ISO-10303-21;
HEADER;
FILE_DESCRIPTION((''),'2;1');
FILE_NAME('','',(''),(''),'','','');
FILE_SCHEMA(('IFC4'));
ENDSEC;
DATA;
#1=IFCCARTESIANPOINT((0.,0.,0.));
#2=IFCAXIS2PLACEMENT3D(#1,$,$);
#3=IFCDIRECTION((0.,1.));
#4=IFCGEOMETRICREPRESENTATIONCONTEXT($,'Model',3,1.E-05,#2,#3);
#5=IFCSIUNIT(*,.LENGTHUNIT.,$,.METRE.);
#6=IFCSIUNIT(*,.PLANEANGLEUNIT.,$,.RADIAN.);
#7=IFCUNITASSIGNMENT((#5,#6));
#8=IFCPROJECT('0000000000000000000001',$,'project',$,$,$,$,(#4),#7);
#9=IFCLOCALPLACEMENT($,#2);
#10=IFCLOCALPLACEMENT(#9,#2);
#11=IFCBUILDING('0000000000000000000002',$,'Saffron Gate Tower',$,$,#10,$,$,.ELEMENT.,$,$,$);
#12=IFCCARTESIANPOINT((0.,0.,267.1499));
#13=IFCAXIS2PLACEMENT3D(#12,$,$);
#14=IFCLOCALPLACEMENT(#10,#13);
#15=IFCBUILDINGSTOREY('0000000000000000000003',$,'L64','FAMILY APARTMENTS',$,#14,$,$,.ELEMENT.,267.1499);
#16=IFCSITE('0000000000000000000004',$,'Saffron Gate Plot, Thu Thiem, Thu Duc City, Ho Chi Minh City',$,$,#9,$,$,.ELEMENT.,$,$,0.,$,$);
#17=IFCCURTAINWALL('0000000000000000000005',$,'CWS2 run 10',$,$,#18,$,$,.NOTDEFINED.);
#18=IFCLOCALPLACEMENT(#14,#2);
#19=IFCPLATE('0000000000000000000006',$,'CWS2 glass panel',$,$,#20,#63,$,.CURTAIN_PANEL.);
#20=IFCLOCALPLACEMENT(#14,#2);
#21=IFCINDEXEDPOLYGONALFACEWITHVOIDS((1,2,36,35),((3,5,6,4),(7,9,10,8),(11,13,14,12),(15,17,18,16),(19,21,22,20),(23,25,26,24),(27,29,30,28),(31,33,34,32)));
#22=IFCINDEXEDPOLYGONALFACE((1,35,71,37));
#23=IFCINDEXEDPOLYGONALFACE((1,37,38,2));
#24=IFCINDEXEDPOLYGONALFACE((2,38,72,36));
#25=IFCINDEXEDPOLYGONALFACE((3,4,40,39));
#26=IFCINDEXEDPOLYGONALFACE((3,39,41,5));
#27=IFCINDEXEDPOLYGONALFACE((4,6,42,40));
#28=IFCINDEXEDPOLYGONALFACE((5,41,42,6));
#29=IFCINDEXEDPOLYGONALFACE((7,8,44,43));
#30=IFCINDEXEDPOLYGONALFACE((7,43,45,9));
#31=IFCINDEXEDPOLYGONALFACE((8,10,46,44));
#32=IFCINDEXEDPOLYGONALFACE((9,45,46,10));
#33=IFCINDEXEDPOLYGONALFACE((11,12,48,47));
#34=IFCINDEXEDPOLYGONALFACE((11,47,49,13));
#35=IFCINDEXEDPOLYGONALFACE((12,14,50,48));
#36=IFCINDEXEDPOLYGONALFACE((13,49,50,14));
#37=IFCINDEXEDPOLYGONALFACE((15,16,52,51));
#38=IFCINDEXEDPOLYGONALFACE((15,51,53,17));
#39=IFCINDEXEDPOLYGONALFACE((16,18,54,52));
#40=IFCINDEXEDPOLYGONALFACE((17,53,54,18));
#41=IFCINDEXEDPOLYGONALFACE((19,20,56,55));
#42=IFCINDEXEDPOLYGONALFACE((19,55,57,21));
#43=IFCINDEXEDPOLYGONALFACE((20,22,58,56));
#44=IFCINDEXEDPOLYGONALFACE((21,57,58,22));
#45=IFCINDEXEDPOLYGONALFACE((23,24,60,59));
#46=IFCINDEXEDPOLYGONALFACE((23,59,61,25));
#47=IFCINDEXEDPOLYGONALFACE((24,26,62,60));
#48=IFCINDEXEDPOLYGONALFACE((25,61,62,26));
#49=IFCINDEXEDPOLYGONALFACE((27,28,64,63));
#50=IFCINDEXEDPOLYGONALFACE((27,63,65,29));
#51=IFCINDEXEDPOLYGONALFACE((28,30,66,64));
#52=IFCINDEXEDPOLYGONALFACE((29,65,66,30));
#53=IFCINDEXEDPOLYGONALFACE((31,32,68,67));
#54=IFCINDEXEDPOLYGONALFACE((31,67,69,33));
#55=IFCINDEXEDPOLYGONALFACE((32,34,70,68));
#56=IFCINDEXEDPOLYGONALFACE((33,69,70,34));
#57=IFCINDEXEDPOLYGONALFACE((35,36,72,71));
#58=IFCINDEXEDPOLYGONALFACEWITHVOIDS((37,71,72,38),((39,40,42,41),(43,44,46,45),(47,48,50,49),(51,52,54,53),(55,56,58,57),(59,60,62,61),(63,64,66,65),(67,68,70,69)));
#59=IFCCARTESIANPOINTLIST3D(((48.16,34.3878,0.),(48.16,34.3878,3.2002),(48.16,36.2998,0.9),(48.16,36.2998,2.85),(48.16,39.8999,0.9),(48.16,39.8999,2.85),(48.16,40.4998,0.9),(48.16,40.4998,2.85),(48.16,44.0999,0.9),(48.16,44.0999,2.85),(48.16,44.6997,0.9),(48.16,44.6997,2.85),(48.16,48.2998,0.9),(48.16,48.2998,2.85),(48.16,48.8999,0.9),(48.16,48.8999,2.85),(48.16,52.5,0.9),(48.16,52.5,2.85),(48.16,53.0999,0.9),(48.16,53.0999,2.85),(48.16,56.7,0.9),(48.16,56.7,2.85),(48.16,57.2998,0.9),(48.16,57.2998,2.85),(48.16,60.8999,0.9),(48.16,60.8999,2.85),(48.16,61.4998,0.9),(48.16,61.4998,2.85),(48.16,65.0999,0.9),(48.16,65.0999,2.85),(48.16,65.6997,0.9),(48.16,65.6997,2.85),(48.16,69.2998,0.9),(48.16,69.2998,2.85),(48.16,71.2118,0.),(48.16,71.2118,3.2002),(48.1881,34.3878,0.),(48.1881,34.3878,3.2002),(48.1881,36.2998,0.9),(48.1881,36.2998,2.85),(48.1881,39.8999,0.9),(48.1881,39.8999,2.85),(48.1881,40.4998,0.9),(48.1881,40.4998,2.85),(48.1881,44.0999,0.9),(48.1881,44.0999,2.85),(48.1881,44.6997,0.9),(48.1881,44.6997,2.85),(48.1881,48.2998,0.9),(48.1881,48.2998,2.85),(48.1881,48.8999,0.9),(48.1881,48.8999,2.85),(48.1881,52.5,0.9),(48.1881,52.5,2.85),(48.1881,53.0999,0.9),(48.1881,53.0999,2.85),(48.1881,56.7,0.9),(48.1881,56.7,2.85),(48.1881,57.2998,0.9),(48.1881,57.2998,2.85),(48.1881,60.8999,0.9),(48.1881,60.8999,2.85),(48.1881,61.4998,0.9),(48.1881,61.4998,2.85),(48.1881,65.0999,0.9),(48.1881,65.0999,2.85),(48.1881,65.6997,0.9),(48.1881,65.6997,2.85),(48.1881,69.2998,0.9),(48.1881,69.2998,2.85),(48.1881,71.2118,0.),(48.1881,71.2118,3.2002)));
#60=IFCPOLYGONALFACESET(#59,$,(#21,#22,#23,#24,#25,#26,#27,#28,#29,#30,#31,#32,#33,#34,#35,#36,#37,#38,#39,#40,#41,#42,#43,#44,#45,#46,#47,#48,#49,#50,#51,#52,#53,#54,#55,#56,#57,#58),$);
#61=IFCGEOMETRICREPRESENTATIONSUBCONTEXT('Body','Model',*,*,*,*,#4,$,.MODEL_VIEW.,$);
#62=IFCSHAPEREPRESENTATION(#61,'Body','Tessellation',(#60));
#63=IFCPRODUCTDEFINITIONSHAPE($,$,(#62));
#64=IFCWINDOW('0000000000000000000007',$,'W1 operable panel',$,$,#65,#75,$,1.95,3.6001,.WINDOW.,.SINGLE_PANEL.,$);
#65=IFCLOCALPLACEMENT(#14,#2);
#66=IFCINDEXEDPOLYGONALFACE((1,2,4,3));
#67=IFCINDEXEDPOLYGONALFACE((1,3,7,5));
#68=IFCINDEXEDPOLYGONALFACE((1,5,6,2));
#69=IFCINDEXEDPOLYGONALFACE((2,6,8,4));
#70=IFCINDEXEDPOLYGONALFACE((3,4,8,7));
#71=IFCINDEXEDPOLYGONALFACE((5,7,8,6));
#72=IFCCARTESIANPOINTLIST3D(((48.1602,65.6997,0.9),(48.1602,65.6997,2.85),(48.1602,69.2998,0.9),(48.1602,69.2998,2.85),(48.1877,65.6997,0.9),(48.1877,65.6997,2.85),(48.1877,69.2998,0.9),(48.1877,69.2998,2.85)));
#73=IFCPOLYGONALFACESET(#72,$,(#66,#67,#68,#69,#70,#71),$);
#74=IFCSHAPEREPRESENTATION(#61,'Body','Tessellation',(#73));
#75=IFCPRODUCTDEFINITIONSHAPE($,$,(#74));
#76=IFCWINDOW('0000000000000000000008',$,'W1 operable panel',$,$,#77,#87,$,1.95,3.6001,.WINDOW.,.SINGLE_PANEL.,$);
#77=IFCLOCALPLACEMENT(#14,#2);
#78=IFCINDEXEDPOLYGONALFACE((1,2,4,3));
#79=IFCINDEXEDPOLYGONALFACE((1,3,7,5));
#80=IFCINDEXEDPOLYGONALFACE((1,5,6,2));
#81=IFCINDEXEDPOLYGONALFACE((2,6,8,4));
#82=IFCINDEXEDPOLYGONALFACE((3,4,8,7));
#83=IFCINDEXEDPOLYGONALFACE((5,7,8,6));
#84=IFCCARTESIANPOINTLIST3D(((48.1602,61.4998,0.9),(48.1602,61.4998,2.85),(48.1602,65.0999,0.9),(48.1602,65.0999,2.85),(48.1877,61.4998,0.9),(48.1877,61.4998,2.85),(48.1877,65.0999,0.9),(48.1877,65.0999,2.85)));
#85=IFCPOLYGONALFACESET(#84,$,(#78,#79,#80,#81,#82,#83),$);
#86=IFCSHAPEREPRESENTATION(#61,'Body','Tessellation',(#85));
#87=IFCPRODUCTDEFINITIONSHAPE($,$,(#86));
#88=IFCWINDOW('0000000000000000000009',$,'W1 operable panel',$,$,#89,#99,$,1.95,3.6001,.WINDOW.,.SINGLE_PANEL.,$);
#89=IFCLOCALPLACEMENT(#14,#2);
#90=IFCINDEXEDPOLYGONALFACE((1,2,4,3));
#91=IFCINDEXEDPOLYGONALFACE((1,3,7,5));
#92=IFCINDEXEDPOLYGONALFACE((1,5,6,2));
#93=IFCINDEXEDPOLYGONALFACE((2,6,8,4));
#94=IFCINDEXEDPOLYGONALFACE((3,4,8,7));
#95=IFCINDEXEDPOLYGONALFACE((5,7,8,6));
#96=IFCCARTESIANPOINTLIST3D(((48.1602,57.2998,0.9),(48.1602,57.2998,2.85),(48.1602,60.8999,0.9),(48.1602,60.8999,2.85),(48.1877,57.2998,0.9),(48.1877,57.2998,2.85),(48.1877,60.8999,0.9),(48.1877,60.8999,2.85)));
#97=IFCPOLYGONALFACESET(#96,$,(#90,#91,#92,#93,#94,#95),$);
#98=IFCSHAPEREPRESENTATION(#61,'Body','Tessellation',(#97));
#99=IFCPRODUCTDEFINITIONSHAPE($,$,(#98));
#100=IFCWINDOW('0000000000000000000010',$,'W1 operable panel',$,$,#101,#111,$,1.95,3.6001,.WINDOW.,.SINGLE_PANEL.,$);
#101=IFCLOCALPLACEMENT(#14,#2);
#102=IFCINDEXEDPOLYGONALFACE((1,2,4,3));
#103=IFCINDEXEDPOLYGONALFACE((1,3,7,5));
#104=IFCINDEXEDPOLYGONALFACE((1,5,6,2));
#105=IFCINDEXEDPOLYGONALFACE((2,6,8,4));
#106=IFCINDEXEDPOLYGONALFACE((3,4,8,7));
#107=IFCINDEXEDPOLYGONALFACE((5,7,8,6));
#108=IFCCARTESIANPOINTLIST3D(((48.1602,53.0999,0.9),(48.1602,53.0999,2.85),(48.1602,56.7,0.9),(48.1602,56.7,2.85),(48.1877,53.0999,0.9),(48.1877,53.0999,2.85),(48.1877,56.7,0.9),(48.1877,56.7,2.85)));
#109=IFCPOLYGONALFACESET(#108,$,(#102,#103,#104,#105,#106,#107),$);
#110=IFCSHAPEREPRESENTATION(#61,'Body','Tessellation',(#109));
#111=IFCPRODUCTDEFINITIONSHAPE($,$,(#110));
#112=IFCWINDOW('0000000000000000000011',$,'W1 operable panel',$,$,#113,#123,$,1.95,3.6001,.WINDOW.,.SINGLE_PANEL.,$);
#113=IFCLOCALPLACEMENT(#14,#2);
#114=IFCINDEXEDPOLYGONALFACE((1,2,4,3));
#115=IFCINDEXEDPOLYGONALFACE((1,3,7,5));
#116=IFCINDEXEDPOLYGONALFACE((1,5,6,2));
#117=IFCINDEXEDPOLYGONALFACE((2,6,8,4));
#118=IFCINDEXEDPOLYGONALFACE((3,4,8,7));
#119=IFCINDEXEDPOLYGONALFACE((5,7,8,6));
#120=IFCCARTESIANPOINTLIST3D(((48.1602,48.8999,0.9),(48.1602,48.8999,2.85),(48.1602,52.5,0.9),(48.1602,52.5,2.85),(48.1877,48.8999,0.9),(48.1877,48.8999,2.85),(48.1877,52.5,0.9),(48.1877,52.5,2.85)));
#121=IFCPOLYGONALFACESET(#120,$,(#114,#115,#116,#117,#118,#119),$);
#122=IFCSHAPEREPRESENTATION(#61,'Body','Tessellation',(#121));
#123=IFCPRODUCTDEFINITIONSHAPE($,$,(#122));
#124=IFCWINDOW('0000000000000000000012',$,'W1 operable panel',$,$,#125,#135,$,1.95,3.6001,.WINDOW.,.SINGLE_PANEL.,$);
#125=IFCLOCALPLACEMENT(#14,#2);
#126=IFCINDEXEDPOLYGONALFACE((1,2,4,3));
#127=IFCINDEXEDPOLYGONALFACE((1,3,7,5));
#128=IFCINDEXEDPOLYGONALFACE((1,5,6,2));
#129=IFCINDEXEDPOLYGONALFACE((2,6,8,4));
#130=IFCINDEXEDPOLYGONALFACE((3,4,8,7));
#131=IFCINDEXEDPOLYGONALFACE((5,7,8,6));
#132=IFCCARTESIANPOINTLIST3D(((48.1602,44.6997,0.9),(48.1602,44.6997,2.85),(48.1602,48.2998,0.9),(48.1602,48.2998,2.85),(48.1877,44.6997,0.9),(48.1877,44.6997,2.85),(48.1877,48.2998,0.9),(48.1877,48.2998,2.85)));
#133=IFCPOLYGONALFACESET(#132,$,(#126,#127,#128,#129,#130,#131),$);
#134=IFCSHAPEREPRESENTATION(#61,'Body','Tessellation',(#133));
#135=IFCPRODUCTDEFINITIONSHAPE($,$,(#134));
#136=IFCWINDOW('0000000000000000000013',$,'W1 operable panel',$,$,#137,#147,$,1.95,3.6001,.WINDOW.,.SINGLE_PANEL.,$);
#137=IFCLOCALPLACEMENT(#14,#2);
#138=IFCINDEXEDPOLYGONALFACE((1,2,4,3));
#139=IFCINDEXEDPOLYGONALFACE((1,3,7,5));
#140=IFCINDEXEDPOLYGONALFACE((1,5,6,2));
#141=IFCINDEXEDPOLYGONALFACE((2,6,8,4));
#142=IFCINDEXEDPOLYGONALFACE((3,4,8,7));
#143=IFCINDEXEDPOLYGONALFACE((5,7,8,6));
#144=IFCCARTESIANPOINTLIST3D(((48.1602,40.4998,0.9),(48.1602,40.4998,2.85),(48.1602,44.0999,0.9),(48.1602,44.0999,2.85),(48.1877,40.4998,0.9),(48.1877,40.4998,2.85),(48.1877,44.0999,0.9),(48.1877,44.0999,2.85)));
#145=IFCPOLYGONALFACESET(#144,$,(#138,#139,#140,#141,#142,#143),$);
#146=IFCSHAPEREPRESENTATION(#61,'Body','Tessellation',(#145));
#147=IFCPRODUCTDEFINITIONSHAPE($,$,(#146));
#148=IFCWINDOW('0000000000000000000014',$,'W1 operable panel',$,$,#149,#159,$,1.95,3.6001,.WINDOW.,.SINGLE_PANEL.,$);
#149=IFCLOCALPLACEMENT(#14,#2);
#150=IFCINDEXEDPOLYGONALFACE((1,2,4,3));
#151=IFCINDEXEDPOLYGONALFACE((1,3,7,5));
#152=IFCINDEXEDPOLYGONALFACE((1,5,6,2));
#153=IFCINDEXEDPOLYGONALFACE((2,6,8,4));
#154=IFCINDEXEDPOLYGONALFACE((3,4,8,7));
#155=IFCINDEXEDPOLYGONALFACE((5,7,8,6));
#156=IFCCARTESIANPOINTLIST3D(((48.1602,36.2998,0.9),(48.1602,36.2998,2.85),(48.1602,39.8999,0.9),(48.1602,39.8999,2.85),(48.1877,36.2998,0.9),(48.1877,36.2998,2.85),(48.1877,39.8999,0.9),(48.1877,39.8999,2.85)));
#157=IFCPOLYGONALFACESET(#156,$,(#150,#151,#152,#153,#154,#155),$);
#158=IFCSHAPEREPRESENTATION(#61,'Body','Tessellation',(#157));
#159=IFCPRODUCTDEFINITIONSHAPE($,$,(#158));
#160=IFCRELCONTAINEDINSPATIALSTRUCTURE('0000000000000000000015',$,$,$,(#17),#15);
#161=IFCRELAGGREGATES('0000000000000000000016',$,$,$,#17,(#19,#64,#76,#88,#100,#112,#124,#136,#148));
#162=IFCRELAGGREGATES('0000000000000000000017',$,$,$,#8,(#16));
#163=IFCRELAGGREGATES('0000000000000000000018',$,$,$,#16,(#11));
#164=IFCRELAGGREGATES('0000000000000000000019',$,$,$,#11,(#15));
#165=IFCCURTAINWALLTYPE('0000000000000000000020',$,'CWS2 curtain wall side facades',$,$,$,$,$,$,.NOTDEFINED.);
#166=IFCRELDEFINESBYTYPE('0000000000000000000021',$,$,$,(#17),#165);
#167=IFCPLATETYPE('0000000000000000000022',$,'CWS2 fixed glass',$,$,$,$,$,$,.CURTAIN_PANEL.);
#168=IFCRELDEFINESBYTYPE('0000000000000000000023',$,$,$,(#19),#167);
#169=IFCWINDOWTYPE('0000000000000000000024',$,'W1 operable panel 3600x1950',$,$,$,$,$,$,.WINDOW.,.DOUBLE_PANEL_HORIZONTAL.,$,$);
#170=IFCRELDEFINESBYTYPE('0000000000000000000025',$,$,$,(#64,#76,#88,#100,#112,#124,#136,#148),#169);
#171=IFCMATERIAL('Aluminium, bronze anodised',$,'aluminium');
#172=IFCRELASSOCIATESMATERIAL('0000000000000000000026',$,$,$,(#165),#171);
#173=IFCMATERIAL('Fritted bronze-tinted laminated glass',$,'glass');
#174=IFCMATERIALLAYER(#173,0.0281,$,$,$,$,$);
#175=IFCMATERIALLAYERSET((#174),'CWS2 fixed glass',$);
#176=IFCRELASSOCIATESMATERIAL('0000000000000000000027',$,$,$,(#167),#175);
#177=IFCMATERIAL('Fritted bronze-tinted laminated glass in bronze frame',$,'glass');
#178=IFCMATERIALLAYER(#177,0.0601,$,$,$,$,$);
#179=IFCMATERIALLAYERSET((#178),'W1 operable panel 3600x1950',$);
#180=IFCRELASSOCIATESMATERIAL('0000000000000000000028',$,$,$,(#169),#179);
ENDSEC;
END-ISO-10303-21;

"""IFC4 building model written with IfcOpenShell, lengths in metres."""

from ifc_helpers import new_model, si_unit, direction, frame, frame_2d, origin, place, context, subcontext, project, spatial, rectangle, extrude, material, layer, layer_set, type_object, element, fill, aggregate, save


model = new_model("IFC4")

# Units and contexts
model_context = context("Model", 3, precision=1e-05, world=origin(), true_north=direction((0.0, 1.0)))
body_context = subcontext(model_context, "Body", "Model", "MODEL_VIEW")
ifc_project = project(units=[si_unit("LENGTHUNIT", "METRE"), si_unit("PLANEANGLEUNIT", "RADIAN")], contexts=[model_context])

# Site, building, storey
site_placement = place(None, origin())
site = spatial("IfcSite", under=ifc_project, at=site_placement, Name="Saffron Gate Plot, Thu Thiem, Thu Duc City, Ho Chi Minh City", CompositionType="ELEMENT", RefElevation=0.0)
building_placement = place(site_placement, origin())
building = spatial("IfcBuilding", under=site, at=building_placement, Name="Saffron Gate Tower", CompositionType="ELEMENT")
storey_placement = place(building_placement, frame((0.0, 0.0, 267.1499)))
storey = spatial("IfcBuildingStorey", under=building, at=storey_placement, Name="L64", Description="FAMILY APARTMENTS", CompositionType="ELEMENT", Elevation=267.1499)

# Curtain wall, plate, openings, windows
ifc_material_1 = material(Name="Aluminium, bronze anodised", Category="aluminium")
curtain_wall_type = type_object("IfcCurtainWallType", Name="CWS2 curtain wall side facades", PredefinedType="NOTDEFINED", material=ifc_material_1)
curtain_wall_placement = place(storey_placement, origin())
curtain_wall = element("IfcCurtainWall", 1, at=curtain_wall_placement, inside=storey, type_object=curtain_wall_type, Name="CWS2 run 10", PredefinedType="NOTDEFINED")
ifc_material_2 = material(Name="Fritted bronze-tinted laminated glass", Category="glass")
ifc_layer_1 = layer(ifc_material_2, 0.0281)
ifc_layer_set_1 = layer_set([ifc_layer_1], Name="CWS2 fixed glass")
plate_type = type_object("IfcPlateType", Name="CWS2 fixed glass", PredefinedType="CURTAIN_PANEL", material=ifc_layer_set_1)
plate_placement = place(storey_placement, frame((48.1741, 71.2119, 0.0), z_axis=(0.0, 0.0, 1.0), x_axis=(0.0, -1.0, 0.0)))
plate = element("IfcPlate", 2, at=plate_placement, type_object=plate_type, Name="CWS2 glass panel", PredefinedType="CURTAIN_PANEL", context=body_context, shape_type="SweptSolid", body=[
    extrude(rectangle(XDim=36.824, YDim=0.0281, at=frame_2d((18.4121, 0.0))), origin(), (0.0, 0.0, 1.0), 3.2002),
])
opening_1_placement = place(plate_placement, frame((1.9121, 0.0, 0.8999)))
opening_1 = element("IfcOpeningElement", 3, at=opening_1_placement, cuts=plate, PredefinedType="OPENING", context=body_context, shape_type="SweptSolid", body=[
    extrude(rectangle(XDim=3.6001, YDim=1.95, at=frame_2d((1.8, 0.9751))), frame((0.0, 0.0239, 0.0), z_axis=(0.0, -1.0, 0.0), x_axis=(1.0, 0.0, 0.0)), (0.0, 0.0, 1.0), 0.0481),
])
opening_2_placement = place(plate_placement, frame((6.1121, 0.0, 0.8999)))
opening_2 = element("IfcOpeningElement", 4, at=opening_2_placement, cuts=plate, PredefinedType="OPENING", context=body_context, shape_type="SweptSolid", body=[
    extrude(rectangle(XDim=3.6001, YDim=1.95, at=frame_2d((1.8, 0.9751))), frame((0.0, 0.0239, 0.0), z_axis=(0.0, -1.0, 0.0), x_axis=(1.0, 0.0, 0.0)), (0.0, 0.0, 1.0), 0.0481),
])
opening_3_placement = place(plate_placement, frame((10.312, 0.0, 0.8999)))
opening_3 = element("IfcOpeningElement", 5, at=opening_3_placement, cuts=plate, PredefinedType="OPENING", context=body_context, shape_type="SweptSolid", body=[
    extrude(rectangle(XDim=3.6001, YDim=1.95, at=frame_2d((1.8, 0.9751))), frame((0.0, 0.0239, 0.0), z_axis=(0.0, -1.0, 0.0), x_axis=(1.0, 0.0, 0.0)), (0.0, 0.0, 1.0), 0.0481),
])
opening_4_placement = place(plate_placement, frame((14.512, 0.0, 0.8999)))
opening_4 = element("IfcOpeningElement", 6, at=opening_4_placement, cuts=plate, PredefinedType="OPENING", context=body_context, shape_type="SweptSolid", body=[
    extrude(rectangle(XDim=3.6001, YDim=1.95, at=frame_2d((1.8, 0.9751))), frame((0.0, 0.0239, 0.0), z_axis=(0.0, -1.0, 0.0), x_axis=(1.0, 0.0, 0.0)), (0.0, 0.0, 1.0), 0.0481),
])
opening_5_placement = place(plate_placement, frame((18.7119, 0.0, 0.8999)))
opening_5 = element("IfcOpeningElement", 7, at=opening_5_placement, cuts=plate, PredefinedType="OPENING", context=body_context, shape_type="SweptSolid", body=[
    extrude(rectangle(XDim=3.6001, YDim=1.95, at=frame_2d((1.8, 0.9751))), frame((0.0, 0.0239, 0.0), z_axis=(0.0, -1.0, 0.0), x_axis=(1.0, 0.0, 0.0)), (0.0, 0.0, 1.0), 0.0481),
])
opening_6_placement = place(plate_placement, frame((22.9121, 0.0, 0.8999)))
opening_6 = element("IfcOpeningElement", 8, at=opening_6_placement, cuts=plate, PredefinedType="OPENING", context=body_context, shape_type="SweptSolid", body=[
    extrude(rectangle(XDim=3.6001, YDim=1.95, at=frame_2d((1.8, 0.9751))), frame((0.0, 0.0239, 0.0), z_axis=(0.0, -1.0, 0.0), x_axis=(1.0, 0.0, 0.0)), (0.0, 0.0, 1.0), 0.0481),
])
opening_7_placement = place(plate_placement, frame((27.1121, 0.0, 0.8999)))
opening_7 = element("IfcOpeningElement", 9, at=opening_7_placement, cuts=plate, PredefinedType="OPENING", context=body_context, shape_type="SweptSolid", body=[
    extrude(rectangle(XDim=3.6001, YDim=1.95, at=frame_2d((1.8, 0.9751))), frame((0.0, 0.0239, 0.0), z_axis=(0.0, -1.0, 0.0), x_axis=(1.0, 0.0, 0.0)), (0.0, 0.0, 1.0), 0.0481),
])
opening_8_placement = place(plate_placement, frame((31.312, 0.0, 0.8999)))
opening_8 = element("IfcOpeningElement", 10, at=opening_8_placement, cuts=plate, PredefinedType="OPENING", context=body_context, shape_type="SweptSolid", body=[
    extrude(rectangle(XDim=3.6001, YDim=1.95, at=frame_2d((1.8, 0.9751))), frame((0.0, 0.0239, 0.0), z_axis=(0.0, -1.0, 0.0), x_axis=(1.0, 0.0, 0.0)), (0.0, 0.0, 1.0), 0.0481),
])
ifc_material_3 = material(Name="Fritted bronze-tinted laminated glass in bronze frame", Category="glass")
ifc_layer_2 = layer(ifc_material_3, 0.0601)
ifc_layer_set_2 = layer_set([ifc_layer_2], Name="W1 operable panel 3600x1950")
window_type = type_object("IfcWindowType", Name="W1 operable panel 3600x1950", PartitioningType="DOUBLE_PANEL_HORIZONTAL", PredefinedType="WINDOW", material=ifc_layer_set_2)
window_1_placement = place(opening_1_placement, origin())
window_1 = element("IfcWindow", 11, at=window_1_placement, type_object=window_type, Name="W1 operable panel", OverallHeight=1.95, OverallWidth=3.6001, PartitioningType="SINGLE_PANEL", PredefinedType="WINDOW", context=body_context, shape_type="SweptSolid", body=[
    extrude(rectangle(XDim=3.6001, YDim=1.95, at=frame_2d((1.8, 0.9751))), frame((0.0, 0.0137, 0.0), z_axis=(0.0, -1.0, 0.0), x_axis=(1.0, 0.0, 0.0)), (0.0, 0.0, 1.0), 0.0276),
])
fill(opening_1, window_1)
window_2_placement = place(opening_2_placement, origin())
window_2 = element("IfcWindow", 12, at=window_2_placement, type_object=window_type, Name="W1 operable panel", OverallHeight=1.95, OverallWidth=3.6001, PartitioningType="SINGLE_PANEL", PredefinedType="WINDOW", context=body_context, shape_type="SweptSolid", body=[
    extrude(rectangle(XDim=3.6001, YDim=1.95, at=frame_2d((1.8, 0.9751))), frame((0.0, 0.0137, 0.0), z_axis=(0.0, -1.0, 0.0), x_axis=(1.0, 0.0, 0.0)), (0.0, 0.0, 1.0), 0.0276),
])
fill(opening_2, window_2)
window_3_placement = place(opening_3_placement, origin())
window_3 = element("IfcWindow", 13, at=window_3_placement, type_object=window_type, Name="W1 operable panel", OverallHeight=1.95, OverallWidth=3.6001, PartitioningType="SINGLE_PANEL", PredefinedType="WINDOW", context=body_context, shape_type="SweptSolid", body=[
    extrude(rectangle(XDim=3.6001, YDim=1.95, at=frame_2d((1.8, 0.9751))), frame((0.0, 0.0137, 0.0), z_axis=(0.0, -1.0, 0.0), x_axis=(1.0, 0.0, 0.0)), (0.0, 0.0, 1.0), 0.0276),
])
fill(opening_3, window_3)
window_4_placement = place(opening_4_placement, origin())
window_4 = element("IfcWindow", 14, at=window_4_placement, type_object=window_type, Name="W1 operable panel", OverallHeight=1.95, OverallWidth=3.6001, PartitioningType="SINGLE_PANEL", PredefinedType="WINDOW", context=body_context, shape_type="SweptSolid", body=[
    extrude(rectangle(XDim=3.6001, YDim=1.95, at=frame_2d((1.8, 0.9751))), frame((0.0, 0.0137, 0.0), z_axis=(0.0, -1.0, 0.0), x_axis=(1.0, 0.0, 0.0)), (0.0, 0.0, 1.0), 0.0276),
])
fill(opening_4, window_4)
window_5_placement = place(opening_5_placement, origin())
window_5 = element("IfcWindow", 15, at=window_5_placement, type_object=window_type, Name="W1 operable panel", OverallHeight=1.95, OverallWidth=3.6001, PartitioningType="SINGLE_PANEL", PredefinedType="WINDOW", context=body_context, shape_type="SweptSolid", body=[
    extrude(rectangle(XDim=3.6001, YDim=1.95, at=frame_2d((1.8, 0.9751))), frame((0.0, 0.0137, 0.0), z_axis=(0.0, -1.0, 0.0), x_axis=(1.0, 0.0, 0.0)), (0.0, 0.0, 1.0), 0.0276),
])
fill(opening_5, window_5)
window_6_placement = place(opening_6_placement, origin())
window_6 = element("IfcWindow", 16, at=window_6_placement, type_object=window_type, Name="W1 operable panel", OverallHeight=1.95, OverallWidth=3.6001, PartitioningType="SINGLE_PANEL", PredefinedType="WINDOW", context=body_context, shape_type="SweptSolid", body=[
    extrude(rectangle(XDim=3.6001, YDim=1.95, at=frame_2d((1.8, 0.9751))), frame((0.0, 0.0137, 0.0), z_axis=(0.0, -1.0, 0.0), x_axis=(1.0, 0.0, 0.0)), (0.0, 0.0, 1.0), 0.0276),
])
fill(opening_6, window_6)
window_7_placement = place(opening_7_placement, origin())
window_7 = element("IfcWindow", 17, at=window_7_placement, type_object=window_type, Name="W1 operable panel", OverallHeight=1.95, OverallWidth=3.6001, PartitioningType="SINGLE_PANEL", PredefinedType="WINDOW", context=body_context, shape_type="SweptSolid", body=[
    extrude(rectangle(XDim=3.6001, YDim=1.95, at=frame_2d((1.8, 0.9751))), frame((0.0, 0.0137, 0.0), z_axis=(0.0, -1.0, 0.0), x_axis=(1.0, 0.0, 0.0)), (0.0, 0.0, 1.0), 0.0276),
])
fill(opening_7, window_7)
window_8_placement = place(opening_8_placement, origin())
window_8 = element("IfcWindow", 18, at=window_8_placement, type_object=window_type, Name="W1 operable panel", OverallHeight=1.95, OverallWidth=3.6001, PartitioningType="SINGLE_PANEL", PredefinedType="WINDOW", context=body_context, shape_type="SweptSolid", body=[
    extrude(rectangle(XDim=3.6001, YDim=1.95, at=frame_2d((1.8, 0.9751))), frame((0.0, 0.0137, 0.0), z_axis=(0.0, -1.0, 0.0), x_axis=(1.0, 0.0, 0.0)), (0.0, 0.0, 1.0), 0.0276),
])
fill(opening_8, window_8)
aggregate(curtain_wall, [plate, window_1, window_2, window_3, window_4, window_5, window_6, window_7, window_8])

save(model, "model.ifc")
